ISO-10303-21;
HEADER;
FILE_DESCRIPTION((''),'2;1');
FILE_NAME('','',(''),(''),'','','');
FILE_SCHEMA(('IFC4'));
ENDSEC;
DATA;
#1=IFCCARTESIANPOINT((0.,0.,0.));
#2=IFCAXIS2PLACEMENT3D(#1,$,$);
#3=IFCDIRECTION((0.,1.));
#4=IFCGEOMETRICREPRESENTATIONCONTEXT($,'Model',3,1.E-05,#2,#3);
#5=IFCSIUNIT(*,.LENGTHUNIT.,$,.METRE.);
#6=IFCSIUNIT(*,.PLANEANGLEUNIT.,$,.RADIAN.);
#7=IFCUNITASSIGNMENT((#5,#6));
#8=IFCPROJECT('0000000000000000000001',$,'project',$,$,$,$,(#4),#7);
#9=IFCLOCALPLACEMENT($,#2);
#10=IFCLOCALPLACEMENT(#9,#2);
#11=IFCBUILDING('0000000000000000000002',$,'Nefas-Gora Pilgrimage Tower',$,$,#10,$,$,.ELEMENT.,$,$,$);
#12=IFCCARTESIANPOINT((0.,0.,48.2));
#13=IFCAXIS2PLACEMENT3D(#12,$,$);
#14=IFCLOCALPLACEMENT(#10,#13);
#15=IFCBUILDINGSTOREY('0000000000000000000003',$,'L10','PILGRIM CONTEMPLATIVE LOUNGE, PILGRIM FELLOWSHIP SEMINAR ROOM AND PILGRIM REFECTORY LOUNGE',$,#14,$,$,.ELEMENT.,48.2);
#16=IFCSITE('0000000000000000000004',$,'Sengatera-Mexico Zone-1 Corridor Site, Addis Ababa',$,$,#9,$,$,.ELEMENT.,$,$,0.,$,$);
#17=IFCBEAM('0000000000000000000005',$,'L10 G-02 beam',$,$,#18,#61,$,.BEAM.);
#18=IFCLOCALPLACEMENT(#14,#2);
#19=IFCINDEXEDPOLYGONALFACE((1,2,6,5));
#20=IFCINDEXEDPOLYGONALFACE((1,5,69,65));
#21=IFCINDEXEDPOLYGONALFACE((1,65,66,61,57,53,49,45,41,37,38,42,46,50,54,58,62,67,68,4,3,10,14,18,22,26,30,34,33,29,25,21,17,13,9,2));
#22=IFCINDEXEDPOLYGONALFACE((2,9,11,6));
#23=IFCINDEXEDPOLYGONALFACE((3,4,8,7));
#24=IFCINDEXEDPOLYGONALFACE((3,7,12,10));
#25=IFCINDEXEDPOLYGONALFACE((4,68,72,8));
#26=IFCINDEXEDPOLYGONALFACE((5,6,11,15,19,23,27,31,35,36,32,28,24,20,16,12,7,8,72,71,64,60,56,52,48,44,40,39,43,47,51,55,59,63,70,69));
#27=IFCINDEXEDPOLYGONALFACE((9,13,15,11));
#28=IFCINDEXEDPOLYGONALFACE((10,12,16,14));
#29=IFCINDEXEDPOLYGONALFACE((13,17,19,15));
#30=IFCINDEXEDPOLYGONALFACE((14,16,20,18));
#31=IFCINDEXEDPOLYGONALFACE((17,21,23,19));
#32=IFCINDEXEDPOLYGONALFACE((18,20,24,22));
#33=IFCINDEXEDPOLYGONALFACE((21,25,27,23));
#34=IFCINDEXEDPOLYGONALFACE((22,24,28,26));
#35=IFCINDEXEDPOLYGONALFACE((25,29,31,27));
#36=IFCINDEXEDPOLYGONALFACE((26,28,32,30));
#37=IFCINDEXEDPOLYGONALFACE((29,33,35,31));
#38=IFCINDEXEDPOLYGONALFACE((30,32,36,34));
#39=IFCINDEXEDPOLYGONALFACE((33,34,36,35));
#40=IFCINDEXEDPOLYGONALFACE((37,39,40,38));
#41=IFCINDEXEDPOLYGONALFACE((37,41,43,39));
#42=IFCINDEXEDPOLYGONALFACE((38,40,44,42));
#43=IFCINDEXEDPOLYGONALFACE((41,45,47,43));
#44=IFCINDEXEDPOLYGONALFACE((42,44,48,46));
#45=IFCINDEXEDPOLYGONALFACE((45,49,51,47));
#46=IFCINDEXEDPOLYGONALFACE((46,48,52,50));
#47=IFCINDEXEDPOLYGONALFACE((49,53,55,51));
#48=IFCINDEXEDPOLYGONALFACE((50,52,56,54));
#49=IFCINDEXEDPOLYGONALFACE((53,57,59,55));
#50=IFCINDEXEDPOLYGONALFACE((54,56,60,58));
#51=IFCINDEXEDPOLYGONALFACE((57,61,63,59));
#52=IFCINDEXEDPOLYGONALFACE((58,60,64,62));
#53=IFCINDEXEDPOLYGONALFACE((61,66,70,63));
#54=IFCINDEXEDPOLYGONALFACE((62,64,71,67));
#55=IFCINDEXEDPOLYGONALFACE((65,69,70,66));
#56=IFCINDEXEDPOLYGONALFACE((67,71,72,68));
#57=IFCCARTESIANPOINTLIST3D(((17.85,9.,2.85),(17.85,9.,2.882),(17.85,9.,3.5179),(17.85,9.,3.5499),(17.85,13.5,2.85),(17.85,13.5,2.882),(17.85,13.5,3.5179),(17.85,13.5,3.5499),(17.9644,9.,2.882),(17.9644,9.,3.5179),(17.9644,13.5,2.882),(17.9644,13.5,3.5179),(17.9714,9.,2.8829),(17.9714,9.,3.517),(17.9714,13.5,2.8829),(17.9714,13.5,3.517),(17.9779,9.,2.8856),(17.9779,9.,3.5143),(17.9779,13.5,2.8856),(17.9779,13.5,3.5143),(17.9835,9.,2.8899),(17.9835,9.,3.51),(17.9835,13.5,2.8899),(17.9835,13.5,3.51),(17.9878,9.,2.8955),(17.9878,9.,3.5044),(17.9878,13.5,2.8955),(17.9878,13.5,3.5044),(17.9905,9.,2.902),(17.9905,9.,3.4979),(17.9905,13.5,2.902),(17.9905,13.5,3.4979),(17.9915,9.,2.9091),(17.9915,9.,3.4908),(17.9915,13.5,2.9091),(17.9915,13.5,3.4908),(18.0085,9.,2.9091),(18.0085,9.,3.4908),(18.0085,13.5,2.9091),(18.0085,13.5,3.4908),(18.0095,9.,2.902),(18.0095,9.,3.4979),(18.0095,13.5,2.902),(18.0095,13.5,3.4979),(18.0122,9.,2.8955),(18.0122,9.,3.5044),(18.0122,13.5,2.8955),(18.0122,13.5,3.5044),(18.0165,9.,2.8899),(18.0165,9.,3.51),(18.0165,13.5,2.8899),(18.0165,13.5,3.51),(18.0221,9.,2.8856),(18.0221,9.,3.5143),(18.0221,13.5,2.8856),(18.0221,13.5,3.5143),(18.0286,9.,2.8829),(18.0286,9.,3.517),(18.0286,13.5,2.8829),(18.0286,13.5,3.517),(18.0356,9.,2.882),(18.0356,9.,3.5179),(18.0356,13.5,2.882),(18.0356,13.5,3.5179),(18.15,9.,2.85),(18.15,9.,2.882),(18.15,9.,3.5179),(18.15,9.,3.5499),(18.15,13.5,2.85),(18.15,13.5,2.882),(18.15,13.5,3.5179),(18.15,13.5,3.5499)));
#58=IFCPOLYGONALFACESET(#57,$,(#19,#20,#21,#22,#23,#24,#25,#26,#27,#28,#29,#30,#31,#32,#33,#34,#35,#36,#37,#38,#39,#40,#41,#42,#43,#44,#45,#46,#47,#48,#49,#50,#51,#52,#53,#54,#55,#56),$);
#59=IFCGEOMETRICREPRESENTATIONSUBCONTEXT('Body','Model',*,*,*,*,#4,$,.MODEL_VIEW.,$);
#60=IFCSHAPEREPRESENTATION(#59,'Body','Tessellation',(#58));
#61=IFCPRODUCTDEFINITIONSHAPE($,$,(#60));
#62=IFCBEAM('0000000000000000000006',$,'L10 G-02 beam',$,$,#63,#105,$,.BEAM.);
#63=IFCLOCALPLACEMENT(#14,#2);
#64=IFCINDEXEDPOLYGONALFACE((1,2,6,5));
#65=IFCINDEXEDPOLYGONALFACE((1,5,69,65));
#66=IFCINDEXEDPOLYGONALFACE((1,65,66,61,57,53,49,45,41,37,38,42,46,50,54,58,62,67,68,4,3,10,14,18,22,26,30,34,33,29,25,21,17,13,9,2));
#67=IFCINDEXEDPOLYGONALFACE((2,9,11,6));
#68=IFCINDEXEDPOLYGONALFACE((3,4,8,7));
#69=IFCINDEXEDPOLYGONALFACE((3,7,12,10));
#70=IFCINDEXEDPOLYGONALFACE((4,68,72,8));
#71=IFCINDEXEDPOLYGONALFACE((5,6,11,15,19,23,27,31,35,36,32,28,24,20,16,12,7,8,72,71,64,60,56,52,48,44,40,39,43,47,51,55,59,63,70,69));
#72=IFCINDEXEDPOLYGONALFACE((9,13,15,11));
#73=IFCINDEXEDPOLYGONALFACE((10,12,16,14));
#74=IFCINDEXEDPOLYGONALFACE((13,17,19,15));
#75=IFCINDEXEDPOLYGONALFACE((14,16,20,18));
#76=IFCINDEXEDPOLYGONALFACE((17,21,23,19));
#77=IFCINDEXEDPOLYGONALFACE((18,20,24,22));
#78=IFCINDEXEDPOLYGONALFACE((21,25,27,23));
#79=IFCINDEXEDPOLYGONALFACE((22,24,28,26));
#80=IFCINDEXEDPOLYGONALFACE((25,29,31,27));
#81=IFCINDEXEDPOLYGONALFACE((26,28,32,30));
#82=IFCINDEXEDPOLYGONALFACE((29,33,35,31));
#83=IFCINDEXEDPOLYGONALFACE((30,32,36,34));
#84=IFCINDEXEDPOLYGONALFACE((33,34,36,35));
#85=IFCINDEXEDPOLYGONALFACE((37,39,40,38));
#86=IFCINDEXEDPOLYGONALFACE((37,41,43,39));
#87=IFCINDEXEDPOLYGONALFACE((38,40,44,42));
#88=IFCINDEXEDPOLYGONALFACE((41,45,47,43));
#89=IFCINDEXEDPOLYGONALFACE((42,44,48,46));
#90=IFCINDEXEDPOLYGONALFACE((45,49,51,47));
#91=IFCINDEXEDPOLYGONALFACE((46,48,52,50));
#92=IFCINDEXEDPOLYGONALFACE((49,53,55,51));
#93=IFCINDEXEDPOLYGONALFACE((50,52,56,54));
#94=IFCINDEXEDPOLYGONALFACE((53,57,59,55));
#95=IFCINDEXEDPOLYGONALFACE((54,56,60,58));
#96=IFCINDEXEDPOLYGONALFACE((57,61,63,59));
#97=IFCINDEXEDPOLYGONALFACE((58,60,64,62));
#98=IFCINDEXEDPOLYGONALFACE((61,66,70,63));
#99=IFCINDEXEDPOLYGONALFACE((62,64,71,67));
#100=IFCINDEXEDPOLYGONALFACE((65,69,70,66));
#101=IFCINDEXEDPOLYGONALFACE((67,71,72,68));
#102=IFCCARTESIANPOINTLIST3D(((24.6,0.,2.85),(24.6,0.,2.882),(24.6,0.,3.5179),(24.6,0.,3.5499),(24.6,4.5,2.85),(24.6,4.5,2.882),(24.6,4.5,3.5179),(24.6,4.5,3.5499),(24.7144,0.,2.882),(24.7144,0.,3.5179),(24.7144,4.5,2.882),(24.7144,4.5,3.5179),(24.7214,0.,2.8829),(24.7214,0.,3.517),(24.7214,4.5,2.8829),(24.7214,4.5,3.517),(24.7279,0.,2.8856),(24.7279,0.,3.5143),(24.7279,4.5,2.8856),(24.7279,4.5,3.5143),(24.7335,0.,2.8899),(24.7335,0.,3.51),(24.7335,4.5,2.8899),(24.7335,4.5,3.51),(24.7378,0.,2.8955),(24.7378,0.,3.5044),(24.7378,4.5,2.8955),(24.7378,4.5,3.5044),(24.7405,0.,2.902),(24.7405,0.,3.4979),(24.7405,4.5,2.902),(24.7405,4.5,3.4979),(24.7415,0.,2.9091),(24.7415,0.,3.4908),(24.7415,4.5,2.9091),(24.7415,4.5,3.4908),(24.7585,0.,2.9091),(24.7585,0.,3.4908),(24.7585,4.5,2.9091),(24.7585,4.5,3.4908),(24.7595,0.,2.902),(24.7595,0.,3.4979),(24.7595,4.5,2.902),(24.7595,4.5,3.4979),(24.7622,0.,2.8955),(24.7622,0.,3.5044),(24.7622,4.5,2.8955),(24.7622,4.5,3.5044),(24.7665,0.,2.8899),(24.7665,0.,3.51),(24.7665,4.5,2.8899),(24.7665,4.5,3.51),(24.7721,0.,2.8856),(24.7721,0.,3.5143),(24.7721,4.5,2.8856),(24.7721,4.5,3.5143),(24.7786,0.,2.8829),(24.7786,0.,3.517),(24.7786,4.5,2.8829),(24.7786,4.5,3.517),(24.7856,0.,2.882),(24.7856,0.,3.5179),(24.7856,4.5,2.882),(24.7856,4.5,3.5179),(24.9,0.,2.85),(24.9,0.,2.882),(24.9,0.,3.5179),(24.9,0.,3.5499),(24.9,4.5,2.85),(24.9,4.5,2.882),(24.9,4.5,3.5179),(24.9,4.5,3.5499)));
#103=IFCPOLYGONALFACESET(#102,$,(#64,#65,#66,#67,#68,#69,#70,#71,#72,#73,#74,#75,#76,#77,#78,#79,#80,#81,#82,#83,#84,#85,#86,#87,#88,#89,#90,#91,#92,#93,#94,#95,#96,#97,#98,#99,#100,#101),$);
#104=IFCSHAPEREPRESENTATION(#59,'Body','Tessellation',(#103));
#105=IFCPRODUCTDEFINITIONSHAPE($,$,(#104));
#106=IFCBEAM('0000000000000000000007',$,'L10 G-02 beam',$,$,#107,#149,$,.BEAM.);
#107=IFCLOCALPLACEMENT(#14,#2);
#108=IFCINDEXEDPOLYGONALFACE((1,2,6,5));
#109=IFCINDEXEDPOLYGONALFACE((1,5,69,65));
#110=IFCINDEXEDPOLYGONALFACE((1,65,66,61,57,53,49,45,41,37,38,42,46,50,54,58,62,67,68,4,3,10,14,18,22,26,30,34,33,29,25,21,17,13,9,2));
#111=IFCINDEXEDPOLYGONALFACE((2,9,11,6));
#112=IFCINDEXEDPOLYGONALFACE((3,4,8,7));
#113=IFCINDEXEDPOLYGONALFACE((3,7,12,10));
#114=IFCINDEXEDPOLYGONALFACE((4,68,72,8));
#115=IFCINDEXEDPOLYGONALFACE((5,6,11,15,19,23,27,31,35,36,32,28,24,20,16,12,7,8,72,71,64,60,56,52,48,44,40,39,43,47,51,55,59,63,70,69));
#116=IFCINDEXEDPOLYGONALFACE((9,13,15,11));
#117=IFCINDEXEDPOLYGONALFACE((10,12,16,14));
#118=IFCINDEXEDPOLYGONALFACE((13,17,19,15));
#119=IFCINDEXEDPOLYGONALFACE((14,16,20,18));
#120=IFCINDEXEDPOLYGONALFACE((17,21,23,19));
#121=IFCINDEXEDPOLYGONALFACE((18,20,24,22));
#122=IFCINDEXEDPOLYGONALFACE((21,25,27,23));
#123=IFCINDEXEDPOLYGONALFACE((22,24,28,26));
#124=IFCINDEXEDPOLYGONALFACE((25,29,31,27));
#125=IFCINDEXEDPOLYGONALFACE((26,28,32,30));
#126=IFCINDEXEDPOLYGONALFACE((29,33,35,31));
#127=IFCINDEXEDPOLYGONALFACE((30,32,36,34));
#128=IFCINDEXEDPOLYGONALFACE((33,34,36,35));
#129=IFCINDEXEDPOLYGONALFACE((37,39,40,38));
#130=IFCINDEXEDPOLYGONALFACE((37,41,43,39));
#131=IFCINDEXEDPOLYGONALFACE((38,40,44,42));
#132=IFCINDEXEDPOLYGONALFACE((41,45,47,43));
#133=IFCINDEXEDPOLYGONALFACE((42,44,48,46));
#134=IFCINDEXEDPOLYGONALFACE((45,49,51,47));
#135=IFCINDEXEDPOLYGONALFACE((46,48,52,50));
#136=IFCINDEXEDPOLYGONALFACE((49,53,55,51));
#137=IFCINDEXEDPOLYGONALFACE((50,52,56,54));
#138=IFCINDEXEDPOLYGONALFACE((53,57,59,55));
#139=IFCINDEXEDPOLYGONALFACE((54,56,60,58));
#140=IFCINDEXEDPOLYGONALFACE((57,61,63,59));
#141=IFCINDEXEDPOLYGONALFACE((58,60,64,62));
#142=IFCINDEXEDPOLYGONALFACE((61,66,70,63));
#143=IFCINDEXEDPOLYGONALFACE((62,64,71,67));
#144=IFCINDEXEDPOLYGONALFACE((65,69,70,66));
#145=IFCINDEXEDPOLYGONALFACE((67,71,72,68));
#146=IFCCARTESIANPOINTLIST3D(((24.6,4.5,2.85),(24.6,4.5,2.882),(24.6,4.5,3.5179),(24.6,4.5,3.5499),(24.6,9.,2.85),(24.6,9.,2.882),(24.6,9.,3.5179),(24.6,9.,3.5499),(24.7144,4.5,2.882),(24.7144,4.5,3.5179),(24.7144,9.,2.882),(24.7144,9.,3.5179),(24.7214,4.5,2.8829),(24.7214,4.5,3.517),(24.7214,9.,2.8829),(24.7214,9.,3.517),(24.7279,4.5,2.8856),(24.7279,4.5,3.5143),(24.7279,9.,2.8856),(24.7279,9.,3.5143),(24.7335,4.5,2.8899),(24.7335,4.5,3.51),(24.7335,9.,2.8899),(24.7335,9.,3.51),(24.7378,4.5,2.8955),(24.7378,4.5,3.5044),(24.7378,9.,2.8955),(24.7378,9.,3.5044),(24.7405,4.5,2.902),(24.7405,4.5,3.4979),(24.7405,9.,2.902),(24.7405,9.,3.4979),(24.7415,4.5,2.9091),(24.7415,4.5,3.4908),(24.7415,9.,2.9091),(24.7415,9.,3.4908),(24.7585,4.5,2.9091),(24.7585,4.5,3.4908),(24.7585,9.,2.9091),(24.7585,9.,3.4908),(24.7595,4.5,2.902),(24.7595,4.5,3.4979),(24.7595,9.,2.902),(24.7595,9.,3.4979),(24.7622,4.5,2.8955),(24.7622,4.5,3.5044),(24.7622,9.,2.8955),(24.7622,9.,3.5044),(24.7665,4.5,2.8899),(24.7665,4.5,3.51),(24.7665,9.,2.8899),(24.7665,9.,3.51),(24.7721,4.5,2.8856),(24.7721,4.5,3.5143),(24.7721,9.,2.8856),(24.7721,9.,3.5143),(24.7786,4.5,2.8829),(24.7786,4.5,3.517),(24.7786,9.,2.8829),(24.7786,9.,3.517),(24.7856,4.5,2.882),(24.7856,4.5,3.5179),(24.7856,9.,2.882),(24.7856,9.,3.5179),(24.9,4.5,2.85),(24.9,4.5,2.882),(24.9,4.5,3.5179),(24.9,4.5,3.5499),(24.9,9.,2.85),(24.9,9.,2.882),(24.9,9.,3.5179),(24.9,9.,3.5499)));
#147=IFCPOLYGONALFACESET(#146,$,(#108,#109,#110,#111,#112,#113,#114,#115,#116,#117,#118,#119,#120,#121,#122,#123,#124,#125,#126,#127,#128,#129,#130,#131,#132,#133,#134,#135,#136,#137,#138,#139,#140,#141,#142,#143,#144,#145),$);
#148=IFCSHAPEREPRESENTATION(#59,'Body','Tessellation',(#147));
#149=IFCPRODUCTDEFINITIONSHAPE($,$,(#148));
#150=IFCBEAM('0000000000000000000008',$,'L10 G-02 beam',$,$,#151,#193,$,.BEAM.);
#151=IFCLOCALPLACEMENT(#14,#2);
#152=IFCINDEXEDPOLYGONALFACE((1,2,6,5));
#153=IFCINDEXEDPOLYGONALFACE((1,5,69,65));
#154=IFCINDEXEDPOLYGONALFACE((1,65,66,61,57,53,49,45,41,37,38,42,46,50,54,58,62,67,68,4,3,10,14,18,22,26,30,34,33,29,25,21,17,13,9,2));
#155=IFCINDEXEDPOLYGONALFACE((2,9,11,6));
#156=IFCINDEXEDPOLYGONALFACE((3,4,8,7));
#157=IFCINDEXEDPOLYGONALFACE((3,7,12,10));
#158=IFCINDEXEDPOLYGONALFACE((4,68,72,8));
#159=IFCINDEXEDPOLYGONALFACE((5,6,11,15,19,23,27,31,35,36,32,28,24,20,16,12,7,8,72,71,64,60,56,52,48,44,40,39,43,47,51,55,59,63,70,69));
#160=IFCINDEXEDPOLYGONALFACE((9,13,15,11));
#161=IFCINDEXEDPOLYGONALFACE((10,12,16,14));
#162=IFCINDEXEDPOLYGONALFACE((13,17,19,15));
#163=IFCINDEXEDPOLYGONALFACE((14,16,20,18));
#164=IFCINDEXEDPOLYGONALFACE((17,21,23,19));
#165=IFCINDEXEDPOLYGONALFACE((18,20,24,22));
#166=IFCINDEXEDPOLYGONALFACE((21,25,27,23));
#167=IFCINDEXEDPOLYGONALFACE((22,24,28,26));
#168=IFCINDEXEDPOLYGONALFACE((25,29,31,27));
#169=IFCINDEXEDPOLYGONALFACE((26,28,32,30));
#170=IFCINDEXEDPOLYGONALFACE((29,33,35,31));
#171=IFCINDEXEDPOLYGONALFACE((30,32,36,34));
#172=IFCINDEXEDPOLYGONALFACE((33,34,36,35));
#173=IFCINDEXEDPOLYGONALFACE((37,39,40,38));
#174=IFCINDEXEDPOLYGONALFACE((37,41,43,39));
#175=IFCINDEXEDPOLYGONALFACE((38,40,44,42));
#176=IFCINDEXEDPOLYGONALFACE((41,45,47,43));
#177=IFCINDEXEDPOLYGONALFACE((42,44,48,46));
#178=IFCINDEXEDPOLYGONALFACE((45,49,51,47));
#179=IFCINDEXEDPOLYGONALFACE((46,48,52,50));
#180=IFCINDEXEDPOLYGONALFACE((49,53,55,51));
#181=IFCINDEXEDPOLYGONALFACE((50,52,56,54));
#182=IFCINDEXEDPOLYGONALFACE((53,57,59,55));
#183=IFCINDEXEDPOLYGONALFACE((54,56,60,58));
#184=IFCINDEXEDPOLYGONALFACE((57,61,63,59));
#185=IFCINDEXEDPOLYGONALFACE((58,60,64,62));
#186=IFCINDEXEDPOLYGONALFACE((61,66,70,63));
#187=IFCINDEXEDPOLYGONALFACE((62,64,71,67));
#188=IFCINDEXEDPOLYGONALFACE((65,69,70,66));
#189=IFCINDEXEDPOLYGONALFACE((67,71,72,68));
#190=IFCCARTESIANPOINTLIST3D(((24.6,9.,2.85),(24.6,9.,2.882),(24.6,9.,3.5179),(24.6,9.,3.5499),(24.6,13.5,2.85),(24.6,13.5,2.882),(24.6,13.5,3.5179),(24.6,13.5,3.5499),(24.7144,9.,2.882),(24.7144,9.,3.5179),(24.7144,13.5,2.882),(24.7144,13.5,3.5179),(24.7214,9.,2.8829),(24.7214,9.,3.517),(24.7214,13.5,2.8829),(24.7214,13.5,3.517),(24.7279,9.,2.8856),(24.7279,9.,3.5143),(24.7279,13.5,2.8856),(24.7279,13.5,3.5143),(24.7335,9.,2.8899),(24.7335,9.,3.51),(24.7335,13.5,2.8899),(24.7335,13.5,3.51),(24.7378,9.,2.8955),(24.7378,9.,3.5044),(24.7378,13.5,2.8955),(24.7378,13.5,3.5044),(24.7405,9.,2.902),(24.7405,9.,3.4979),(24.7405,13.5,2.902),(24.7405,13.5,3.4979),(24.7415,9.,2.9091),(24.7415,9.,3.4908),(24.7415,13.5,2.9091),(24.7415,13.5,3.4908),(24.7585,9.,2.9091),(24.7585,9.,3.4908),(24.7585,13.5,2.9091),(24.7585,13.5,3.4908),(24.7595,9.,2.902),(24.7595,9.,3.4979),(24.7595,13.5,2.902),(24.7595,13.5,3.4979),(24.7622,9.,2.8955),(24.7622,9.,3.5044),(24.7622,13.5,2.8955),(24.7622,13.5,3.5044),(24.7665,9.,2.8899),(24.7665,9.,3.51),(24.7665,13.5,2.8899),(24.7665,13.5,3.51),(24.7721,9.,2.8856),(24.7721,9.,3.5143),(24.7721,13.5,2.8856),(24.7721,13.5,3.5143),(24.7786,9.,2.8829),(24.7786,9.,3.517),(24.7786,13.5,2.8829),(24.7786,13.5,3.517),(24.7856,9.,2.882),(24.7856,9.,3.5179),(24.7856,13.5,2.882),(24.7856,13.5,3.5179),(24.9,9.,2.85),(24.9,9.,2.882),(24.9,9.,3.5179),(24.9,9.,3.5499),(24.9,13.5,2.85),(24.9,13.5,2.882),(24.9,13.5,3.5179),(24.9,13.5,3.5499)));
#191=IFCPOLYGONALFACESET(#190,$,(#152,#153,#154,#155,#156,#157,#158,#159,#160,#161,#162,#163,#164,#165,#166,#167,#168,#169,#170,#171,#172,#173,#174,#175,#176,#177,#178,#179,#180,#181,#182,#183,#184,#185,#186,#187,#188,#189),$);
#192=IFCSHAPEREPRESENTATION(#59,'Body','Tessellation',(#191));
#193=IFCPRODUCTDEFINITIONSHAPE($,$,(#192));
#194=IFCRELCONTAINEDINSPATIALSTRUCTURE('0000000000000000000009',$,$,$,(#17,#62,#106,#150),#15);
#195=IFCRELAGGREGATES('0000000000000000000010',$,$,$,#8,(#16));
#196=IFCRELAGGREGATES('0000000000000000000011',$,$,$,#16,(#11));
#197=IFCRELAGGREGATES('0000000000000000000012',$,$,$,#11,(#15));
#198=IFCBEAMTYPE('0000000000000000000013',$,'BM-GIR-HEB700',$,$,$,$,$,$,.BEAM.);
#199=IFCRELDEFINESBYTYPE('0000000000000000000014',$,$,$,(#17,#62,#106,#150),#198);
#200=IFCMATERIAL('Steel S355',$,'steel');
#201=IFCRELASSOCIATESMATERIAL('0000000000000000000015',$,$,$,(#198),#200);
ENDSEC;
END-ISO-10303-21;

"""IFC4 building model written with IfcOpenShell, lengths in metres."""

from ifc_helpers import new_model, si_unit, direction, frame, origin, origin_2d, place, context, subcontext, project, spatial, i_section, extrude, source, transform, mapped, material, material_profile, profile_set, type_object, element, save


model = new_model("IFC4")

# Units and contexts
model_context = context("Model", 3, precision=1e-05, world=origin(), true_north=direction((0.0, 1.0)))
body_context = subcontext(model_context, "Body", "Model", "MODEL_VIEW")
ifc_project = project(units=[si_unit("LENGTHUNIT", "METRE"), si_unit("PLANEANGLEUNIT", "RADIAN")], contexts=[model_context])

# Site, building, storey
site_placement = place(None, origin())
site = spatial("IfcSite", under=ifc_project, at=site_placement, Name="Sengatera-Mexico Zone-1 Corridor Site, Addis Ababa", CompositionType="ELEMENT", RefElevation=0.0)
building_placement = place(site_placement, origin())
building = spatial("IfcBuilding", under=site, at=building_placement, Name="Nefas-Gora Pilgrimage Tower", CompositionType="ELEMENT")
storey_placement = place(building_placement, frame((0.0, 0.0, 48.2)))
storey = spatial("IfcBuildingStorey", under=building, at=storey_placement, Name="L10", Description="PILGRIM CONTEMPLATIVE LOUNGE, PILGRIM FELLOWSHIP SEMINAR ROOM AND PILGRIM REFECTORY LOUNGE", CompositionType="ELEMENT", Elevation=48.2)

# Beams
ifc_material_1 = material(Name="Steel S355", Category="steel")
ifc_material_profile_1 = material_profile(ifc_material_1, i_section(OverallWidth=0.3, OverallDepth=0.7, WebThickness=0.0171, FlangeThickness=0.032, FilletRadius=0.0271, at=origin_2d()), Name="HEB 700")
ifc_profile_set_1 = profile_set([ifc_material_profile_1], Name="Steel S355")
beam_type_1 = type_object("IfcBeamType", Name="BM-GIR-HEB700", PredefinedType="BEAM", material=ifc_profile_set_1)
shared_shape_1 = source(origin(), body_context, "Body", "SweptSolid", [
    extrude(i_section(OverallWidth=0.3, OverallDepth=0.7, WebThickness=0.0171, FlangeThickness=0.032, FilletRadius=0.0271, at=origin_2d()), origin(), (0.0, 0.0, 1.0), 4.5),
])
for number, where, z_axis, x_axis, name in (
    (1, (18.0, 9.0, 3.2), (0.0, 1.0, 0.0), (-1.0, 0.0, 0.0), "L10 G-02 beam"),
    (2, (24.75, 0.0, 3.2), (0.0, 1.0, 0.0), (-1.0, 0.0, 0.0), "L10 G-02 beam"),
    (3, (24.75, 4.5, 3.2), (0.0, 1.0, 0.0), (-1.0, 0.0, 0.0), "L10 G-02 beam"),
    (4, (24.75, 9.0, 3.2), (0.0, 1.0, 0.0), (-1.0, 0.0, 0.0), "L10 G-02 beam"),
):
    element("IfcBeam", number, at=place(storey_placement, frame(where, z_axis=z_axis, x_axis=x_axis)), inside=storey, type_object=beam_type_1, Name=name, PredefinedType="BEAM", context=body_context, shape_type="MappedRepresentation", body=[
        mapped(shared_shape_1, transform((0.0, 0.0, 0.0), x_axis=(1.0, 0.0, 0.0), y_axis=(0.0, 1.0, 0.0), z_axis=(0.0, 0.0, 1.0), scale=1.0)),
    ])

save(model, "model.ifc")
